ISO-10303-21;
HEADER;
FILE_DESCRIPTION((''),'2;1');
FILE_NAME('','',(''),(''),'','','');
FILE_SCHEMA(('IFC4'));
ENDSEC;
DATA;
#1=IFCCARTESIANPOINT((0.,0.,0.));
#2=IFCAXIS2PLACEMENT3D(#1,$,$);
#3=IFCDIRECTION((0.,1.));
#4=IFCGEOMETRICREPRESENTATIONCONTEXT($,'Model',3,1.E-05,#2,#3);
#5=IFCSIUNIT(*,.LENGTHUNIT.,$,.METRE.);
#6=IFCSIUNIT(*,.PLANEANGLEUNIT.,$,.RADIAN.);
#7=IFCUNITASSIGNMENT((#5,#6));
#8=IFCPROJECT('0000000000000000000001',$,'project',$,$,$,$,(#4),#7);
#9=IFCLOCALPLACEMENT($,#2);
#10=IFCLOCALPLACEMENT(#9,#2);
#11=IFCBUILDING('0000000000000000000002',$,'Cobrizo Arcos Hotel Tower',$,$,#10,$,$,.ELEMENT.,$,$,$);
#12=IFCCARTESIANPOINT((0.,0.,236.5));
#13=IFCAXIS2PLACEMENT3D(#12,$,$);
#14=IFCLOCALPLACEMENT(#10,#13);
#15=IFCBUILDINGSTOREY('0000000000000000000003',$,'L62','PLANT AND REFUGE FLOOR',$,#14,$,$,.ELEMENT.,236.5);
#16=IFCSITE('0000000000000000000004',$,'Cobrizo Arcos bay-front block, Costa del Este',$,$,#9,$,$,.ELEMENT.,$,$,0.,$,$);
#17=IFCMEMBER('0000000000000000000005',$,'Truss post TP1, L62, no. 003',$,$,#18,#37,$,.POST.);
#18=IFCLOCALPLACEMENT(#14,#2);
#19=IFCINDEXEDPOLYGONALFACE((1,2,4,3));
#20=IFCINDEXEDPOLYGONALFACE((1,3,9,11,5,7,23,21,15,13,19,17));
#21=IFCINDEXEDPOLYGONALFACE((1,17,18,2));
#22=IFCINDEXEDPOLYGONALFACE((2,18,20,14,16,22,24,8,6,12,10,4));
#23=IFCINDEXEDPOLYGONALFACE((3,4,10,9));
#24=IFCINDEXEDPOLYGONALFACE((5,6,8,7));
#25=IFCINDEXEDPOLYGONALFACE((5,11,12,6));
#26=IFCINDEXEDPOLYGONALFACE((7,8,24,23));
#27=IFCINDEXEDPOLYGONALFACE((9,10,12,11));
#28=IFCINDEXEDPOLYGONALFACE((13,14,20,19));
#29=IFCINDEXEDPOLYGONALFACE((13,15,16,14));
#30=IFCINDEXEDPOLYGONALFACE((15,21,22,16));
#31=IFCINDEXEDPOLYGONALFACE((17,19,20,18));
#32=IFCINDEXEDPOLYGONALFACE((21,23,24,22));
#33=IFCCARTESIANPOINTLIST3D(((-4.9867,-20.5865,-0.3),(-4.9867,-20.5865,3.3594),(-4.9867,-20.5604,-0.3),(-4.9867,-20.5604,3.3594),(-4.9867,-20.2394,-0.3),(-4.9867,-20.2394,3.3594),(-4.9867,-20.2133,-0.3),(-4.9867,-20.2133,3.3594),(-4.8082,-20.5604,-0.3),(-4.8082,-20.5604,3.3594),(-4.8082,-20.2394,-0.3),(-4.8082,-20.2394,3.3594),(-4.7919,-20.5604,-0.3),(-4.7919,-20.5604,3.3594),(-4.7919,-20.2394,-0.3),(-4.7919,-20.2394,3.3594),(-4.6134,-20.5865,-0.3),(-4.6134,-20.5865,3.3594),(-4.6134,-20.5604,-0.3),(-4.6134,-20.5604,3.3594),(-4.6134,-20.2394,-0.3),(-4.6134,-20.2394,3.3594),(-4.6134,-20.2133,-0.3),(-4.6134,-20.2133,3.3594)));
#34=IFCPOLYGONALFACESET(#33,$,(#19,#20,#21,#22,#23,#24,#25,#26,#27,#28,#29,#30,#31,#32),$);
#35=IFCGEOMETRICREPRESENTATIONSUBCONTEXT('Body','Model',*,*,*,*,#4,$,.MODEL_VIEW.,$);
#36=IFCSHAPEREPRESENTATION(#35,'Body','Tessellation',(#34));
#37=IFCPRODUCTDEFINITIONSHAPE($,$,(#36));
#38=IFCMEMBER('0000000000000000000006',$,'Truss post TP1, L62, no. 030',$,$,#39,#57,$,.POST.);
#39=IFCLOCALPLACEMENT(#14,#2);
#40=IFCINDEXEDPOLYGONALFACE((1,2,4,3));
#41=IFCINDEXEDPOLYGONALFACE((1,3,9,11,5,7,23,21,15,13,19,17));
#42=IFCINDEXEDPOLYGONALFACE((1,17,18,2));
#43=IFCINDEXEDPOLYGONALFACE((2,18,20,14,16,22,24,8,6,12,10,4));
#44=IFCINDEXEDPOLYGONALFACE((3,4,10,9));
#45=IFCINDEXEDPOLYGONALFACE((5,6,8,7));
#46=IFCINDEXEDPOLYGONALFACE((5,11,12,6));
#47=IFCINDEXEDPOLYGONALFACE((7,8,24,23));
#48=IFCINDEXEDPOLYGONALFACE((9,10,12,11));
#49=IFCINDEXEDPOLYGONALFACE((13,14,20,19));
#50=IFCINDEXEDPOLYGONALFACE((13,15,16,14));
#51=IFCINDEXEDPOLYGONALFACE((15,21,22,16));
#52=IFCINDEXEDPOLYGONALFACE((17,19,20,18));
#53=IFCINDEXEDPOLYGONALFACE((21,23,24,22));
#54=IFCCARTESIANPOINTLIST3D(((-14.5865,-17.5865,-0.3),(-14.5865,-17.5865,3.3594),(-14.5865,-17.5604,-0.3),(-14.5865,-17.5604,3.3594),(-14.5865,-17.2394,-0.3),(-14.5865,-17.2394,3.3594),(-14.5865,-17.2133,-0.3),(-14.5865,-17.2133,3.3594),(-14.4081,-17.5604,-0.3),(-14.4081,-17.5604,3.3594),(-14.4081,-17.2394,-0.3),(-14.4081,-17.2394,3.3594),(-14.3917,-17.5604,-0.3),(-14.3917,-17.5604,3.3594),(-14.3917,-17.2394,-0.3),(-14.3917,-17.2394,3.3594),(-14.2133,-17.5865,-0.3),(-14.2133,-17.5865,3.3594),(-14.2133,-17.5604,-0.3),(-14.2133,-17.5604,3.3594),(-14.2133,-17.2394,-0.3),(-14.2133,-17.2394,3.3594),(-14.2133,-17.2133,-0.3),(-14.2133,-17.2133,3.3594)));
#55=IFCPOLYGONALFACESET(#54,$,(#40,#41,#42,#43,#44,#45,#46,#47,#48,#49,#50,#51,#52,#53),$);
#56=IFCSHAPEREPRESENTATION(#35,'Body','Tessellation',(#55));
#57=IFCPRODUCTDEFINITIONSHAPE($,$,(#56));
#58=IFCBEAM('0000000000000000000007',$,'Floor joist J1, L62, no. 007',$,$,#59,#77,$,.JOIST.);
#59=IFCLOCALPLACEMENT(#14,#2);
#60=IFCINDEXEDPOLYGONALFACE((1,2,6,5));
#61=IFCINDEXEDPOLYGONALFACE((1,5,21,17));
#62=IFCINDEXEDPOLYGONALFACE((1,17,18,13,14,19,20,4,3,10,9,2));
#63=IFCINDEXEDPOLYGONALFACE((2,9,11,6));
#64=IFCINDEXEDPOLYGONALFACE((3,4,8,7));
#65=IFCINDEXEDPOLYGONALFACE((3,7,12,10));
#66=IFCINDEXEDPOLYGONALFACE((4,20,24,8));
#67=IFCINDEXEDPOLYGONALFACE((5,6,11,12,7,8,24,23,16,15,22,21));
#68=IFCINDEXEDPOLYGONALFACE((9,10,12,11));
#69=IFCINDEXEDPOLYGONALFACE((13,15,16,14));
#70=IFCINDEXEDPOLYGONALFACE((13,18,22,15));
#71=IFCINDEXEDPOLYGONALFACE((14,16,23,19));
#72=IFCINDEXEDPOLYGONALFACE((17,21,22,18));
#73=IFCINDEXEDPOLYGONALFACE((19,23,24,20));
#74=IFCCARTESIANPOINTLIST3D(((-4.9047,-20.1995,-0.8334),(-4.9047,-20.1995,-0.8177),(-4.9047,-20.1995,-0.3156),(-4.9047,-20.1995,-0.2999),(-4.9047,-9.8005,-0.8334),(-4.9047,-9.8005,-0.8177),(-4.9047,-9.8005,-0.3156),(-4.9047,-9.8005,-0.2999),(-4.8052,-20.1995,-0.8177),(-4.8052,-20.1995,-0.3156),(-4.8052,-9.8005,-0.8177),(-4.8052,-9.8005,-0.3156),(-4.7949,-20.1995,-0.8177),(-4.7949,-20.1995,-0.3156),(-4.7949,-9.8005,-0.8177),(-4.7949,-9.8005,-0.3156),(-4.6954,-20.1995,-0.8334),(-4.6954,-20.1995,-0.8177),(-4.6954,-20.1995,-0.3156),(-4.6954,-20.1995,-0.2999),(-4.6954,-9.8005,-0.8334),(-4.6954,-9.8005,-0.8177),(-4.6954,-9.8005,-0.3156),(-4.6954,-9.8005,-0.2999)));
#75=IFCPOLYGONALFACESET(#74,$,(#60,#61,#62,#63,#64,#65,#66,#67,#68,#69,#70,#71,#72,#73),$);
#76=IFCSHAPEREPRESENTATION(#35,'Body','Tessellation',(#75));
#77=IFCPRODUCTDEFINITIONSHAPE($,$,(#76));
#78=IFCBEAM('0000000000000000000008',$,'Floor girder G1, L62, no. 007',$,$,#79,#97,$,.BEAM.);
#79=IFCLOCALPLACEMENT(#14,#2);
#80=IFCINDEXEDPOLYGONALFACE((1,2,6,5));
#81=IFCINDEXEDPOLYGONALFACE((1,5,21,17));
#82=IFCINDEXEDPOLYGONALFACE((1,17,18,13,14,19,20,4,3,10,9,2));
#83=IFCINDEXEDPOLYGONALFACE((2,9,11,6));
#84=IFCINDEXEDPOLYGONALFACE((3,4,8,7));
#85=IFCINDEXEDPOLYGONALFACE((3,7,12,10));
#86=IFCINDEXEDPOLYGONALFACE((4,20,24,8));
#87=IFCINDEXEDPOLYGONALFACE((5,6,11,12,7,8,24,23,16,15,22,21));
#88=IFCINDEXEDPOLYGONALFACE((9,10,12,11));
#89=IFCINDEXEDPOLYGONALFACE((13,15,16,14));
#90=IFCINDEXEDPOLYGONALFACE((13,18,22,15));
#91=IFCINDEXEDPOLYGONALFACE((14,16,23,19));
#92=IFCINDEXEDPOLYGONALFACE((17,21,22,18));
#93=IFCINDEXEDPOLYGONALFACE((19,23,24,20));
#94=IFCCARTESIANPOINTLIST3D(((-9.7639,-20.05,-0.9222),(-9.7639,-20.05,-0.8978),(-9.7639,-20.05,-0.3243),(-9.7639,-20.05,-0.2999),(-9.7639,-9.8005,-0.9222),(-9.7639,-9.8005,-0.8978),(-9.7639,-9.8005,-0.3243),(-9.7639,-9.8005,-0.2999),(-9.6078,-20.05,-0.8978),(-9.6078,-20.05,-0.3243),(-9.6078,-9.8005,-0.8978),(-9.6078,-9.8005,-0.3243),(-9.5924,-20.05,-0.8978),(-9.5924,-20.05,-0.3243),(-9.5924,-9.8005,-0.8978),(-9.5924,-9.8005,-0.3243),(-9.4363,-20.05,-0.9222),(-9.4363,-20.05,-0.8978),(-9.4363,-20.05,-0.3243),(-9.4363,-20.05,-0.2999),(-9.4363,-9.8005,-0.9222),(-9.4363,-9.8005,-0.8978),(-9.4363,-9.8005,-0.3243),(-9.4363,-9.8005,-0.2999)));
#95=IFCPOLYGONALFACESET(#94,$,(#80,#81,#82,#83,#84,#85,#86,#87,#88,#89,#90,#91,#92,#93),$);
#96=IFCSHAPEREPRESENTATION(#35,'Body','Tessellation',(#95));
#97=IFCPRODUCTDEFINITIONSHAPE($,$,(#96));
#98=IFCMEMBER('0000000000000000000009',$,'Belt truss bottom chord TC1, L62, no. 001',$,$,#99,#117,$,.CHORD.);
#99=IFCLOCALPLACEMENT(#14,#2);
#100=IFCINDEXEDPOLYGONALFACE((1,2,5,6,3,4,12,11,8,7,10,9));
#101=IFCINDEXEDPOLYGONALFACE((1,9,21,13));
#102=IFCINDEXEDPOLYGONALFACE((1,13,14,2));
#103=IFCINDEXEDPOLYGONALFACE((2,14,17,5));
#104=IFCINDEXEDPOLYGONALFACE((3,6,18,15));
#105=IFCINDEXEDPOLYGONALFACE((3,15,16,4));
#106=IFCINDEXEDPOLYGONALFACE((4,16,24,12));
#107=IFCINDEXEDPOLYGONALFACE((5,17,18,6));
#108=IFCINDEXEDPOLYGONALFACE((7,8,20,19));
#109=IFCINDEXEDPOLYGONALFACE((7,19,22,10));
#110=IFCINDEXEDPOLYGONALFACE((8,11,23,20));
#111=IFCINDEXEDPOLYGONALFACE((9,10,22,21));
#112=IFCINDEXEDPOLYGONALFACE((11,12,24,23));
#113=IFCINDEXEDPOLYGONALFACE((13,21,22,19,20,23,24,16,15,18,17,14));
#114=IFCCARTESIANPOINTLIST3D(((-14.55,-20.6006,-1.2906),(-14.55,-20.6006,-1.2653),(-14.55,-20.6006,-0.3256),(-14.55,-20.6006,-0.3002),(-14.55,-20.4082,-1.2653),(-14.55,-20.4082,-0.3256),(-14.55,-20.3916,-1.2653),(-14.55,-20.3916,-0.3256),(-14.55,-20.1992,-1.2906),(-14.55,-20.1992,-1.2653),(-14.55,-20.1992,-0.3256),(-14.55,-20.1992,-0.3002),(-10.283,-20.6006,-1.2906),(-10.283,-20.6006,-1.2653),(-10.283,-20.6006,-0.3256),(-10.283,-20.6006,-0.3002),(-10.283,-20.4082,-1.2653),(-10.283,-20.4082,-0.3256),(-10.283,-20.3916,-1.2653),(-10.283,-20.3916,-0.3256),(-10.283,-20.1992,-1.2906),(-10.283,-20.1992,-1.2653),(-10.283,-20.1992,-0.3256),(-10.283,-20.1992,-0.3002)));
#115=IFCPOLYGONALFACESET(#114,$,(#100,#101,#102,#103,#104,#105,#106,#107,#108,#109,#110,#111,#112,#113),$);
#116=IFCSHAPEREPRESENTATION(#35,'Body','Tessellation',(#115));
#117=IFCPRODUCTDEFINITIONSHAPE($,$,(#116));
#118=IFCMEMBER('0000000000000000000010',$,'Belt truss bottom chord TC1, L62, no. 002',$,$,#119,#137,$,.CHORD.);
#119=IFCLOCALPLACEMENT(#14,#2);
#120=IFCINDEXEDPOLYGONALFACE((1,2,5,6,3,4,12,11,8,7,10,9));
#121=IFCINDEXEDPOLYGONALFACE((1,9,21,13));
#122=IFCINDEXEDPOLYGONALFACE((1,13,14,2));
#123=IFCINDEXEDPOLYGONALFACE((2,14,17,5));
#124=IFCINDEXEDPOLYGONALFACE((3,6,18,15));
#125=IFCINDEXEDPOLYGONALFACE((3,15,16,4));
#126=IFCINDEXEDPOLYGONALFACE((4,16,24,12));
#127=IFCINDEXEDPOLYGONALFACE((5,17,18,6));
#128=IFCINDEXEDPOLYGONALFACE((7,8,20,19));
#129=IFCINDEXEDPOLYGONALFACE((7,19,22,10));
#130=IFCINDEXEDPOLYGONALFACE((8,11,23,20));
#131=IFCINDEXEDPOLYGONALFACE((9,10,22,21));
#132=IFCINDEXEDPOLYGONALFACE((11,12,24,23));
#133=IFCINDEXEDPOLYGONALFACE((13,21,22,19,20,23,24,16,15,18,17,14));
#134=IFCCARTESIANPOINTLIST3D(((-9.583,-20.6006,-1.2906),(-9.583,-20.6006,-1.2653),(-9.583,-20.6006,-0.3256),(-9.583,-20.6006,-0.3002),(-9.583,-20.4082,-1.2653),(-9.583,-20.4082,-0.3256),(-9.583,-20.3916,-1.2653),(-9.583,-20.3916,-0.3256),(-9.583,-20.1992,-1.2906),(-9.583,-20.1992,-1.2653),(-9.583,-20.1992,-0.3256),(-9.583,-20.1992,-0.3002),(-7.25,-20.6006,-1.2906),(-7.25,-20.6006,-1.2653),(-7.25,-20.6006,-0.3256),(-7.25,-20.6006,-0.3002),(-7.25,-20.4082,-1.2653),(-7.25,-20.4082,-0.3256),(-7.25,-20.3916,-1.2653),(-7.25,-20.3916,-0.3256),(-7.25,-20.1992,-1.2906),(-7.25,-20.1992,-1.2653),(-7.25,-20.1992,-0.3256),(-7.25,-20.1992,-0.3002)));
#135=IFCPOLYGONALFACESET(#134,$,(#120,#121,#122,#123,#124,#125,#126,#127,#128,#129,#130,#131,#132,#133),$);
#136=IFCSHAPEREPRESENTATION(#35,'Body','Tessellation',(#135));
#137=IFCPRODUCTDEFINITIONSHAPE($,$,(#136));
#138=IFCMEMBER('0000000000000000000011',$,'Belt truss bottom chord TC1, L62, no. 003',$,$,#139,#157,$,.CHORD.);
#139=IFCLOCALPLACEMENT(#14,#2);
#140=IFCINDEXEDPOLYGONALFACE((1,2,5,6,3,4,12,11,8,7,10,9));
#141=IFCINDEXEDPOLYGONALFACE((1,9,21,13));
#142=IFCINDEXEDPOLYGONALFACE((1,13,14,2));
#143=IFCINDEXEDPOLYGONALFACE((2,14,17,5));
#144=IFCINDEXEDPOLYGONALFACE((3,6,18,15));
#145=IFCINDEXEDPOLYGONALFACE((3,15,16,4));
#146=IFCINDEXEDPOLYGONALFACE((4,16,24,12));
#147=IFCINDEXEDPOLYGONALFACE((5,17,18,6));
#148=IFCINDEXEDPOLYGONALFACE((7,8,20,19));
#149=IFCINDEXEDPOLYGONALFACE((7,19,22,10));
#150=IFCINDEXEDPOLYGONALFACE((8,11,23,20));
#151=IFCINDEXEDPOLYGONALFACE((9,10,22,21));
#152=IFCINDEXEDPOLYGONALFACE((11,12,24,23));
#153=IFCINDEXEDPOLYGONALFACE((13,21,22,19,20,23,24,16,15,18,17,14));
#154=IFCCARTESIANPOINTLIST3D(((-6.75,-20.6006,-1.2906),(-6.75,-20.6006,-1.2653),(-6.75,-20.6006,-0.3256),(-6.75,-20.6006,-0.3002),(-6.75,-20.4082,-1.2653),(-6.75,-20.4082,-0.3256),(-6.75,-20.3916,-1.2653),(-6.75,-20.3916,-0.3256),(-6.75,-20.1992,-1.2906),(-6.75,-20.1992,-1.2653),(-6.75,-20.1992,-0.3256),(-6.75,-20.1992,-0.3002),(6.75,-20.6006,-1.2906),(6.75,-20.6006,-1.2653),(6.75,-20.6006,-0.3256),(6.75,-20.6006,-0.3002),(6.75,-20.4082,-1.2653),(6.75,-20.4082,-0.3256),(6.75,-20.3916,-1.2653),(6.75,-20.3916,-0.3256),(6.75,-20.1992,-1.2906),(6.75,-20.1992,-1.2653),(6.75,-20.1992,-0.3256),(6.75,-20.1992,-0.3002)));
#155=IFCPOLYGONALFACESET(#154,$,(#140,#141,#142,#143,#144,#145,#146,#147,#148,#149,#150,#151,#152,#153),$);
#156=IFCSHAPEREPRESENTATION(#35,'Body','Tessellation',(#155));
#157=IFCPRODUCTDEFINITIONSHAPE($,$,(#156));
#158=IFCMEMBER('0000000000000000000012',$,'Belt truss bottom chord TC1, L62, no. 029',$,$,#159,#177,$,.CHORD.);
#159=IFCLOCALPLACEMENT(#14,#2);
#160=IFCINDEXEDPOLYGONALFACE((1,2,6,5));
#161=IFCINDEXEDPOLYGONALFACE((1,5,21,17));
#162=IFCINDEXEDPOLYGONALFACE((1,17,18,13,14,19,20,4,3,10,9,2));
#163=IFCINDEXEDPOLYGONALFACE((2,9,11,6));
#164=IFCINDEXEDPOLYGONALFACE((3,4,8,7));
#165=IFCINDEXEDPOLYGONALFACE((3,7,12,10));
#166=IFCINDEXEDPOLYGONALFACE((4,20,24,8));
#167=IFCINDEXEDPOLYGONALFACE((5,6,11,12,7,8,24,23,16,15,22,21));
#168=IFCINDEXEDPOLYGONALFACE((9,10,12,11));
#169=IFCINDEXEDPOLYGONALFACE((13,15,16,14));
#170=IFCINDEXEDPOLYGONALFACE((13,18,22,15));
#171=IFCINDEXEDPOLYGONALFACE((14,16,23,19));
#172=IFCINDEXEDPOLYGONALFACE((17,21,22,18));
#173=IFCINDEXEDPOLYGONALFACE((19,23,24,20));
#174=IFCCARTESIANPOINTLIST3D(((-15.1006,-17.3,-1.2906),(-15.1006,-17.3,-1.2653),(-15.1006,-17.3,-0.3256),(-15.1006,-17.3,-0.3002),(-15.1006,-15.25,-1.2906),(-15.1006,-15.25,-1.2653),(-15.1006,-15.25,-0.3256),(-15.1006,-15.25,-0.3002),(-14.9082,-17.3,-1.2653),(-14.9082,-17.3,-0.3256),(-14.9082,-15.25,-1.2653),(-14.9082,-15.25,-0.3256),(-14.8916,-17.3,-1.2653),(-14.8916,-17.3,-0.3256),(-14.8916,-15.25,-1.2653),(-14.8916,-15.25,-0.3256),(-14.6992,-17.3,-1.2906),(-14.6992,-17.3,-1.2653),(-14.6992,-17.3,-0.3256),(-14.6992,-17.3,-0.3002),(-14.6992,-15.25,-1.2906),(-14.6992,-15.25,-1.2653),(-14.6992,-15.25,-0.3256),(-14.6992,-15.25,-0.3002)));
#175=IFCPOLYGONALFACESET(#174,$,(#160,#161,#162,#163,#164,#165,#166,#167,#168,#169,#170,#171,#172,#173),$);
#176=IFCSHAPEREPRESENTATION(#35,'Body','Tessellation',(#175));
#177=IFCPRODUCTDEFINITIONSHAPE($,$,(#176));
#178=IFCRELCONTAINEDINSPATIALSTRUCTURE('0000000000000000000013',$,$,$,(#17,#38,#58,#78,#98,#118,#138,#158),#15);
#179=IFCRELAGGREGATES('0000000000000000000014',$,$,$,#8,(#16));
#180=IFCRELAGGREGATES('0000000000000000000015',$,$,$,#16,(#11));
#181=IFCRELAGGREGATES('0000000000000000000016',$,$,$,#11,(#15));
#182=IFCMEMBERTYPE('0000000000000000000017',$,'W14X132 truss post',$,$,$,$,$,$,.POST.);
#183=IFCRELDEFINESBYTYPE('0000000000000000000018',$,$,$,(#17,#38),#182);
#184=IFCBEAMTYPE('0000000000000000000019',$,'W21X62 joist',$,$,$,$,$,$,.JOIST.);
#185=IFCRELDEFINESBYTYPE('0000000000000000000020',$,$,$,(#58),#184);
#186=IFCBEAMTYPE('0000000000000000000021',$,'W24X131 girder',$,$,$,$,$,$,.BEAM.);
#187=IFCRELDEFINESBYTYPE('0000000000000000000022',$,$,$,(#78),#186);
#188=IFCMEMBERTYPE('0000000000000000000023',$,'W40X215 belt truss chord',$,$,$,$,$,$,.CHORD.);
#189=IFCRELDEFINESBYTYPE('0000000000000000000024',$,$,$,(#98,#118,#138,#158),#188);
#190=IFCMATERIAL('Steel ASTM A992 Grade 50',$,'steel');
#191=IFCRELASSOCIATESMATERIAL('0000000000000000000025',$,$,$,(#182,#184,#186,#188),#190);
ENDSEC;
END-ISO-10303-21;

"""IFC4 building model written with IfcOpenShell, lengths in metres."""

from ifc_helpers import new_model, si_unit, direction, frame, origin, origin_2d, place, context, subcontext, project, spatial, i_section, extrude, material, material_profile, profile_set, type_object, element, save


model = new_model("IFC4")

# Units and contexts
model_context = context("Model", 3, precision=1e-05, world=origin(), true_north=direction((0.0, 1.0)))
body_context = subcontext(model_context, "Body", "Model", "MODEL_VIEW")
ifc_project = project(units=[si_unit("LENGTHUNIT", "METRE"), si_unit("PLANEANGLEUNIT", "RADIAN")], contexts=[model_context])

# Site, building, storey
site_placement = place(None, origin())
site = spatial("IfcSite", under=ifc_project, at=site_placement, Name="Cobrizo Arcos bay-front block, Costa del Este", CompositionType="ELEMENT", RefElevation=0.0)
building_placement = place(site_placement, origin())
building = spatial("IfcBuilding", under=site, at=building_placement, Name="Cobrizo Arcos Hotel Tower", CompositionType="ELEMENT")
storey_placement = place(building_placement, frame((0.0, 0.0, 236.5)))
storey = spatial("IfcBuildingStorey", under=building, at=storey_placement, Name="L62", Description="PLANT AND REFUGE FLOOR", CompositionType="ELEMENT", Elevation=236.5)

# Members
ifc_material_1 = material(Name="Steel ASTM A992 Grade 50", Category="steel")
ifc_material_profile_1 = material_profile(ifc_material_1, i_section(OverallWidth=0.3733, OverallDepth=0.3733, WebThickness=0.0164, FlangeThickness=0.0261, at=origin_2d()), Name="W14X132")
ifc_profile_set_1 = profile_set([ifc_material_profile_1], Name="Steel ASTM A992 Grade 50")
member_type_1 = type_object("IfcMemberType", Name="W14X132 truss post", PredefinedType="POST", material=ifc_profile_set_1)
for number, where, z_axis, x_axis, name in (
    (1, (-4.8, -20.3999, -0.3), (0.0, 0.0, 1.0), (1.0, 0.0, 0.0), "Truss post TP1, L62, no. 003"),
    (2, (-14.3999, -17.3999, -0.3), (0.0, 0.0, 1.0), (1.0, 0.0, 0.0), "Truss post TP1, L62, no. 030"),
):
    element("IfcMember", number, at=place(storey_placement, frame(where, z_axis=z_axis, x_axis=x_axis)), inside=storey, type_object=member_type_1, Name=name, PredefinedType="POST", context=body_context, shape_type="SweptSolid", body=[
        extrude(i_section(OverallWidth=0.3733, OverallDepth=0.3733, WebThickness=0.0164, FlangeThickness=0.0261, at=origin_2d()), origin(), (0.0, 0.0, 1.0), 3.6594),
    ])

# Beams
ifc_material_profile_2 = material_profile(ifc_material_1, i_section(OverallWidth=0.2092, OverallDepth=0.5334, WebThickness=0.0103, FlangeThickness=0.0156, at=origin_2d()), Name="W21X62")
ifc_profile_set_2 = profile_set([ifc_material_profile_2], Name="Steel ASTM A992 Grade 50")
beam_type_1 = type_object("IfcBeamType", Name="W21X62 joist", PredefinedType="JOIST", material=ifc_profile_set_2)
beam_1_placement = place(storey_placement, frame((-4.8, -20.1995, -0.5667), z_axis=(0.0, 1.0, 0.0), x_axis=(-1.0, 0.0, 0.0)))
element("IfcBeam", 3, at=beam_1_placement, inside=storey, type_object=beam_type_1, Name="Floor joist J1, L62, no. 007", PredefinedType="JOIST", context=body_context, shape_type="SweptSolid", body=[
    extrude(i_section(OverallWidth=0.2092, OverallDepth=0.5334, WebThickness=0.0103, FlangeThickness=0.0156, at=origin_2d()), origin(), (0.0, 0.0, 1.0), 10.3989),
])
ifc_material_profile_3 = material_profile(ifc_material_1, i_section(OverallWidth=0.3276, OverallDepth=0.6223, WebThickness=0.0154, FlangeThickness=0.0244, at=origin_2d()), Name="W24X131")
ifc_profile_set_3 = profile_set([ifc_material_profile_3], Name="Steel ASTM A992 Grade 50")
beam_type_2 = type_object("IfcBeamType", Name="W24X131 girder", PredefinedType="BEAM", material=ifc_profile_set_3)
beam_2_placement = place(storey_placement, frame((-9.6001, -20.05, -0.6111), z_axis=(0.0, 1.0, 0.0), x_axis=(-1.0, 0.0, 0.0)))
element("IfcBeam", 4, at=beam_2_placement, inside=storey, type_object=beam_type_2, Name="Floor girder G1, L62, no. 007", PredefinedType="BEAM", context=body_context, shape_type="SweptSolid", body=[
    extrude(i_section(OverallWidth=0.3276, OverallDepth=0.6223, WebThickness=0.0154, FlangeThickness=0.0244, at=origin_2d()), origin(), (0.0, 0.0, 1.0), 10.2495),
])

# Members
ifc_material_profile_4 = material_profile(ifc_material_1, i_section(OverallWidth=0.4014, OverallDepth=0.9905, WebThickness=0.0166, FlangeThickness=0.0254, at=origin_2d()), Name="W40X215")
ifc_profile_set_4 = profile_set([ifc_material_profile_4], Name="Steel ASTM A992 Grade 50")
member_type_2 = type_object("IfcMemberType", Name="W40X215 belt truss chord", PredefinedType="CHORD", material=ifc_profile_set_4)
member_1_placement = place(storey_placement, frame((-14.55, -20.3999, -0.7954), z_axis=(1.0, 0.0, 0.0), x_axis=(0.0, 1.0, 0.0)))
element("IfcMember", 5, at=member_1_placement, inside=storey, type_object=member_type_2, Name="Belt truss bottom chord TC1, L62, no. 001", PredefinedType="CHORD", context=body_context, shape_type="SweptSolid", body=[
    extrude(i_section(OverallWidth=0.4014, OverallDepth=0.9905, WebThickness=0.0166, FlangeThickness=0.0254, at=origin_2d()), origin(), (0.0, 0.0, 1.0), 4.2671),
])
member_2_placement = place(storey_placement, frame((-9.583, -20.3999, -0.7954), z_axis=(1.0, 0.0, 0.0), x_axis=(0.0, 1.0, 0.0)))
element("IfcMember", 6, at=member_2_placement, inside=storey, type_object=member_type_2, Name="Belt truss bottom chord TC1, L62, no. 002", PredefinedType="CHORD", context=body_context, shape_type="SweptSolid", body=[
    extrude(i_section(OverallWidth=0.4014, OverallDepth=0.9905, WebThickness=0.0166, FlangeThickness=0.0254, at=origin_2d()), origin(), (0.0, 0.0, 1.0), 2.333),
])
member_3_placement = place(storey_placement, frame((-6.75, -20.3999, -0.7954), z_axis=(1.0, 0.0, 0.0), x_axis=(0.0, 1.0, 0.0)))
element("IfcMember", 7, at=member_3_placement, inside=storey, type_object=member_type_2, Name="Belt truss bottom chord TC1, L62, no. 003", PredefinedType="CHORD", context=body_context, shape_type="SweptSolid", body=[
    extrude(i_section(OverallWidth=0.4014, OverallDepth=0.9905, WebThickness=0.0166, FlangeThickness=0.0254, at=origin_2d()), origin(), (0.0, 0.0, 1.0), 13.5),
])
for number, where, z_axis, x_axis, name in (
    (8, (-14.8999, -15.25, -0.7954), (0.0, -1.0, 0.0), (1.0, 0.0, 0.0), "Belt truss bottom chord TC1, L62, no. 029"),
):
    element("IfcMember", number, at=place(storey_placement, frame(where, z_axis=z_axis, x_axis=x_axis)), inside=storey, type_object=member_type_2, Name=name, PredefinedType="CHORD", context=body_context, shape_type="SweptSolid", body=[
        extrude(i_section(OverallWidth=0.4014, OverallDepth=0.9905, WebThickness=0.0166, FlangeThickness=0.0254, at=origin_2d()), origin(), (0.0, 0.0, 1.0), 2.05),
    ])

save(model, "model.ifc")
